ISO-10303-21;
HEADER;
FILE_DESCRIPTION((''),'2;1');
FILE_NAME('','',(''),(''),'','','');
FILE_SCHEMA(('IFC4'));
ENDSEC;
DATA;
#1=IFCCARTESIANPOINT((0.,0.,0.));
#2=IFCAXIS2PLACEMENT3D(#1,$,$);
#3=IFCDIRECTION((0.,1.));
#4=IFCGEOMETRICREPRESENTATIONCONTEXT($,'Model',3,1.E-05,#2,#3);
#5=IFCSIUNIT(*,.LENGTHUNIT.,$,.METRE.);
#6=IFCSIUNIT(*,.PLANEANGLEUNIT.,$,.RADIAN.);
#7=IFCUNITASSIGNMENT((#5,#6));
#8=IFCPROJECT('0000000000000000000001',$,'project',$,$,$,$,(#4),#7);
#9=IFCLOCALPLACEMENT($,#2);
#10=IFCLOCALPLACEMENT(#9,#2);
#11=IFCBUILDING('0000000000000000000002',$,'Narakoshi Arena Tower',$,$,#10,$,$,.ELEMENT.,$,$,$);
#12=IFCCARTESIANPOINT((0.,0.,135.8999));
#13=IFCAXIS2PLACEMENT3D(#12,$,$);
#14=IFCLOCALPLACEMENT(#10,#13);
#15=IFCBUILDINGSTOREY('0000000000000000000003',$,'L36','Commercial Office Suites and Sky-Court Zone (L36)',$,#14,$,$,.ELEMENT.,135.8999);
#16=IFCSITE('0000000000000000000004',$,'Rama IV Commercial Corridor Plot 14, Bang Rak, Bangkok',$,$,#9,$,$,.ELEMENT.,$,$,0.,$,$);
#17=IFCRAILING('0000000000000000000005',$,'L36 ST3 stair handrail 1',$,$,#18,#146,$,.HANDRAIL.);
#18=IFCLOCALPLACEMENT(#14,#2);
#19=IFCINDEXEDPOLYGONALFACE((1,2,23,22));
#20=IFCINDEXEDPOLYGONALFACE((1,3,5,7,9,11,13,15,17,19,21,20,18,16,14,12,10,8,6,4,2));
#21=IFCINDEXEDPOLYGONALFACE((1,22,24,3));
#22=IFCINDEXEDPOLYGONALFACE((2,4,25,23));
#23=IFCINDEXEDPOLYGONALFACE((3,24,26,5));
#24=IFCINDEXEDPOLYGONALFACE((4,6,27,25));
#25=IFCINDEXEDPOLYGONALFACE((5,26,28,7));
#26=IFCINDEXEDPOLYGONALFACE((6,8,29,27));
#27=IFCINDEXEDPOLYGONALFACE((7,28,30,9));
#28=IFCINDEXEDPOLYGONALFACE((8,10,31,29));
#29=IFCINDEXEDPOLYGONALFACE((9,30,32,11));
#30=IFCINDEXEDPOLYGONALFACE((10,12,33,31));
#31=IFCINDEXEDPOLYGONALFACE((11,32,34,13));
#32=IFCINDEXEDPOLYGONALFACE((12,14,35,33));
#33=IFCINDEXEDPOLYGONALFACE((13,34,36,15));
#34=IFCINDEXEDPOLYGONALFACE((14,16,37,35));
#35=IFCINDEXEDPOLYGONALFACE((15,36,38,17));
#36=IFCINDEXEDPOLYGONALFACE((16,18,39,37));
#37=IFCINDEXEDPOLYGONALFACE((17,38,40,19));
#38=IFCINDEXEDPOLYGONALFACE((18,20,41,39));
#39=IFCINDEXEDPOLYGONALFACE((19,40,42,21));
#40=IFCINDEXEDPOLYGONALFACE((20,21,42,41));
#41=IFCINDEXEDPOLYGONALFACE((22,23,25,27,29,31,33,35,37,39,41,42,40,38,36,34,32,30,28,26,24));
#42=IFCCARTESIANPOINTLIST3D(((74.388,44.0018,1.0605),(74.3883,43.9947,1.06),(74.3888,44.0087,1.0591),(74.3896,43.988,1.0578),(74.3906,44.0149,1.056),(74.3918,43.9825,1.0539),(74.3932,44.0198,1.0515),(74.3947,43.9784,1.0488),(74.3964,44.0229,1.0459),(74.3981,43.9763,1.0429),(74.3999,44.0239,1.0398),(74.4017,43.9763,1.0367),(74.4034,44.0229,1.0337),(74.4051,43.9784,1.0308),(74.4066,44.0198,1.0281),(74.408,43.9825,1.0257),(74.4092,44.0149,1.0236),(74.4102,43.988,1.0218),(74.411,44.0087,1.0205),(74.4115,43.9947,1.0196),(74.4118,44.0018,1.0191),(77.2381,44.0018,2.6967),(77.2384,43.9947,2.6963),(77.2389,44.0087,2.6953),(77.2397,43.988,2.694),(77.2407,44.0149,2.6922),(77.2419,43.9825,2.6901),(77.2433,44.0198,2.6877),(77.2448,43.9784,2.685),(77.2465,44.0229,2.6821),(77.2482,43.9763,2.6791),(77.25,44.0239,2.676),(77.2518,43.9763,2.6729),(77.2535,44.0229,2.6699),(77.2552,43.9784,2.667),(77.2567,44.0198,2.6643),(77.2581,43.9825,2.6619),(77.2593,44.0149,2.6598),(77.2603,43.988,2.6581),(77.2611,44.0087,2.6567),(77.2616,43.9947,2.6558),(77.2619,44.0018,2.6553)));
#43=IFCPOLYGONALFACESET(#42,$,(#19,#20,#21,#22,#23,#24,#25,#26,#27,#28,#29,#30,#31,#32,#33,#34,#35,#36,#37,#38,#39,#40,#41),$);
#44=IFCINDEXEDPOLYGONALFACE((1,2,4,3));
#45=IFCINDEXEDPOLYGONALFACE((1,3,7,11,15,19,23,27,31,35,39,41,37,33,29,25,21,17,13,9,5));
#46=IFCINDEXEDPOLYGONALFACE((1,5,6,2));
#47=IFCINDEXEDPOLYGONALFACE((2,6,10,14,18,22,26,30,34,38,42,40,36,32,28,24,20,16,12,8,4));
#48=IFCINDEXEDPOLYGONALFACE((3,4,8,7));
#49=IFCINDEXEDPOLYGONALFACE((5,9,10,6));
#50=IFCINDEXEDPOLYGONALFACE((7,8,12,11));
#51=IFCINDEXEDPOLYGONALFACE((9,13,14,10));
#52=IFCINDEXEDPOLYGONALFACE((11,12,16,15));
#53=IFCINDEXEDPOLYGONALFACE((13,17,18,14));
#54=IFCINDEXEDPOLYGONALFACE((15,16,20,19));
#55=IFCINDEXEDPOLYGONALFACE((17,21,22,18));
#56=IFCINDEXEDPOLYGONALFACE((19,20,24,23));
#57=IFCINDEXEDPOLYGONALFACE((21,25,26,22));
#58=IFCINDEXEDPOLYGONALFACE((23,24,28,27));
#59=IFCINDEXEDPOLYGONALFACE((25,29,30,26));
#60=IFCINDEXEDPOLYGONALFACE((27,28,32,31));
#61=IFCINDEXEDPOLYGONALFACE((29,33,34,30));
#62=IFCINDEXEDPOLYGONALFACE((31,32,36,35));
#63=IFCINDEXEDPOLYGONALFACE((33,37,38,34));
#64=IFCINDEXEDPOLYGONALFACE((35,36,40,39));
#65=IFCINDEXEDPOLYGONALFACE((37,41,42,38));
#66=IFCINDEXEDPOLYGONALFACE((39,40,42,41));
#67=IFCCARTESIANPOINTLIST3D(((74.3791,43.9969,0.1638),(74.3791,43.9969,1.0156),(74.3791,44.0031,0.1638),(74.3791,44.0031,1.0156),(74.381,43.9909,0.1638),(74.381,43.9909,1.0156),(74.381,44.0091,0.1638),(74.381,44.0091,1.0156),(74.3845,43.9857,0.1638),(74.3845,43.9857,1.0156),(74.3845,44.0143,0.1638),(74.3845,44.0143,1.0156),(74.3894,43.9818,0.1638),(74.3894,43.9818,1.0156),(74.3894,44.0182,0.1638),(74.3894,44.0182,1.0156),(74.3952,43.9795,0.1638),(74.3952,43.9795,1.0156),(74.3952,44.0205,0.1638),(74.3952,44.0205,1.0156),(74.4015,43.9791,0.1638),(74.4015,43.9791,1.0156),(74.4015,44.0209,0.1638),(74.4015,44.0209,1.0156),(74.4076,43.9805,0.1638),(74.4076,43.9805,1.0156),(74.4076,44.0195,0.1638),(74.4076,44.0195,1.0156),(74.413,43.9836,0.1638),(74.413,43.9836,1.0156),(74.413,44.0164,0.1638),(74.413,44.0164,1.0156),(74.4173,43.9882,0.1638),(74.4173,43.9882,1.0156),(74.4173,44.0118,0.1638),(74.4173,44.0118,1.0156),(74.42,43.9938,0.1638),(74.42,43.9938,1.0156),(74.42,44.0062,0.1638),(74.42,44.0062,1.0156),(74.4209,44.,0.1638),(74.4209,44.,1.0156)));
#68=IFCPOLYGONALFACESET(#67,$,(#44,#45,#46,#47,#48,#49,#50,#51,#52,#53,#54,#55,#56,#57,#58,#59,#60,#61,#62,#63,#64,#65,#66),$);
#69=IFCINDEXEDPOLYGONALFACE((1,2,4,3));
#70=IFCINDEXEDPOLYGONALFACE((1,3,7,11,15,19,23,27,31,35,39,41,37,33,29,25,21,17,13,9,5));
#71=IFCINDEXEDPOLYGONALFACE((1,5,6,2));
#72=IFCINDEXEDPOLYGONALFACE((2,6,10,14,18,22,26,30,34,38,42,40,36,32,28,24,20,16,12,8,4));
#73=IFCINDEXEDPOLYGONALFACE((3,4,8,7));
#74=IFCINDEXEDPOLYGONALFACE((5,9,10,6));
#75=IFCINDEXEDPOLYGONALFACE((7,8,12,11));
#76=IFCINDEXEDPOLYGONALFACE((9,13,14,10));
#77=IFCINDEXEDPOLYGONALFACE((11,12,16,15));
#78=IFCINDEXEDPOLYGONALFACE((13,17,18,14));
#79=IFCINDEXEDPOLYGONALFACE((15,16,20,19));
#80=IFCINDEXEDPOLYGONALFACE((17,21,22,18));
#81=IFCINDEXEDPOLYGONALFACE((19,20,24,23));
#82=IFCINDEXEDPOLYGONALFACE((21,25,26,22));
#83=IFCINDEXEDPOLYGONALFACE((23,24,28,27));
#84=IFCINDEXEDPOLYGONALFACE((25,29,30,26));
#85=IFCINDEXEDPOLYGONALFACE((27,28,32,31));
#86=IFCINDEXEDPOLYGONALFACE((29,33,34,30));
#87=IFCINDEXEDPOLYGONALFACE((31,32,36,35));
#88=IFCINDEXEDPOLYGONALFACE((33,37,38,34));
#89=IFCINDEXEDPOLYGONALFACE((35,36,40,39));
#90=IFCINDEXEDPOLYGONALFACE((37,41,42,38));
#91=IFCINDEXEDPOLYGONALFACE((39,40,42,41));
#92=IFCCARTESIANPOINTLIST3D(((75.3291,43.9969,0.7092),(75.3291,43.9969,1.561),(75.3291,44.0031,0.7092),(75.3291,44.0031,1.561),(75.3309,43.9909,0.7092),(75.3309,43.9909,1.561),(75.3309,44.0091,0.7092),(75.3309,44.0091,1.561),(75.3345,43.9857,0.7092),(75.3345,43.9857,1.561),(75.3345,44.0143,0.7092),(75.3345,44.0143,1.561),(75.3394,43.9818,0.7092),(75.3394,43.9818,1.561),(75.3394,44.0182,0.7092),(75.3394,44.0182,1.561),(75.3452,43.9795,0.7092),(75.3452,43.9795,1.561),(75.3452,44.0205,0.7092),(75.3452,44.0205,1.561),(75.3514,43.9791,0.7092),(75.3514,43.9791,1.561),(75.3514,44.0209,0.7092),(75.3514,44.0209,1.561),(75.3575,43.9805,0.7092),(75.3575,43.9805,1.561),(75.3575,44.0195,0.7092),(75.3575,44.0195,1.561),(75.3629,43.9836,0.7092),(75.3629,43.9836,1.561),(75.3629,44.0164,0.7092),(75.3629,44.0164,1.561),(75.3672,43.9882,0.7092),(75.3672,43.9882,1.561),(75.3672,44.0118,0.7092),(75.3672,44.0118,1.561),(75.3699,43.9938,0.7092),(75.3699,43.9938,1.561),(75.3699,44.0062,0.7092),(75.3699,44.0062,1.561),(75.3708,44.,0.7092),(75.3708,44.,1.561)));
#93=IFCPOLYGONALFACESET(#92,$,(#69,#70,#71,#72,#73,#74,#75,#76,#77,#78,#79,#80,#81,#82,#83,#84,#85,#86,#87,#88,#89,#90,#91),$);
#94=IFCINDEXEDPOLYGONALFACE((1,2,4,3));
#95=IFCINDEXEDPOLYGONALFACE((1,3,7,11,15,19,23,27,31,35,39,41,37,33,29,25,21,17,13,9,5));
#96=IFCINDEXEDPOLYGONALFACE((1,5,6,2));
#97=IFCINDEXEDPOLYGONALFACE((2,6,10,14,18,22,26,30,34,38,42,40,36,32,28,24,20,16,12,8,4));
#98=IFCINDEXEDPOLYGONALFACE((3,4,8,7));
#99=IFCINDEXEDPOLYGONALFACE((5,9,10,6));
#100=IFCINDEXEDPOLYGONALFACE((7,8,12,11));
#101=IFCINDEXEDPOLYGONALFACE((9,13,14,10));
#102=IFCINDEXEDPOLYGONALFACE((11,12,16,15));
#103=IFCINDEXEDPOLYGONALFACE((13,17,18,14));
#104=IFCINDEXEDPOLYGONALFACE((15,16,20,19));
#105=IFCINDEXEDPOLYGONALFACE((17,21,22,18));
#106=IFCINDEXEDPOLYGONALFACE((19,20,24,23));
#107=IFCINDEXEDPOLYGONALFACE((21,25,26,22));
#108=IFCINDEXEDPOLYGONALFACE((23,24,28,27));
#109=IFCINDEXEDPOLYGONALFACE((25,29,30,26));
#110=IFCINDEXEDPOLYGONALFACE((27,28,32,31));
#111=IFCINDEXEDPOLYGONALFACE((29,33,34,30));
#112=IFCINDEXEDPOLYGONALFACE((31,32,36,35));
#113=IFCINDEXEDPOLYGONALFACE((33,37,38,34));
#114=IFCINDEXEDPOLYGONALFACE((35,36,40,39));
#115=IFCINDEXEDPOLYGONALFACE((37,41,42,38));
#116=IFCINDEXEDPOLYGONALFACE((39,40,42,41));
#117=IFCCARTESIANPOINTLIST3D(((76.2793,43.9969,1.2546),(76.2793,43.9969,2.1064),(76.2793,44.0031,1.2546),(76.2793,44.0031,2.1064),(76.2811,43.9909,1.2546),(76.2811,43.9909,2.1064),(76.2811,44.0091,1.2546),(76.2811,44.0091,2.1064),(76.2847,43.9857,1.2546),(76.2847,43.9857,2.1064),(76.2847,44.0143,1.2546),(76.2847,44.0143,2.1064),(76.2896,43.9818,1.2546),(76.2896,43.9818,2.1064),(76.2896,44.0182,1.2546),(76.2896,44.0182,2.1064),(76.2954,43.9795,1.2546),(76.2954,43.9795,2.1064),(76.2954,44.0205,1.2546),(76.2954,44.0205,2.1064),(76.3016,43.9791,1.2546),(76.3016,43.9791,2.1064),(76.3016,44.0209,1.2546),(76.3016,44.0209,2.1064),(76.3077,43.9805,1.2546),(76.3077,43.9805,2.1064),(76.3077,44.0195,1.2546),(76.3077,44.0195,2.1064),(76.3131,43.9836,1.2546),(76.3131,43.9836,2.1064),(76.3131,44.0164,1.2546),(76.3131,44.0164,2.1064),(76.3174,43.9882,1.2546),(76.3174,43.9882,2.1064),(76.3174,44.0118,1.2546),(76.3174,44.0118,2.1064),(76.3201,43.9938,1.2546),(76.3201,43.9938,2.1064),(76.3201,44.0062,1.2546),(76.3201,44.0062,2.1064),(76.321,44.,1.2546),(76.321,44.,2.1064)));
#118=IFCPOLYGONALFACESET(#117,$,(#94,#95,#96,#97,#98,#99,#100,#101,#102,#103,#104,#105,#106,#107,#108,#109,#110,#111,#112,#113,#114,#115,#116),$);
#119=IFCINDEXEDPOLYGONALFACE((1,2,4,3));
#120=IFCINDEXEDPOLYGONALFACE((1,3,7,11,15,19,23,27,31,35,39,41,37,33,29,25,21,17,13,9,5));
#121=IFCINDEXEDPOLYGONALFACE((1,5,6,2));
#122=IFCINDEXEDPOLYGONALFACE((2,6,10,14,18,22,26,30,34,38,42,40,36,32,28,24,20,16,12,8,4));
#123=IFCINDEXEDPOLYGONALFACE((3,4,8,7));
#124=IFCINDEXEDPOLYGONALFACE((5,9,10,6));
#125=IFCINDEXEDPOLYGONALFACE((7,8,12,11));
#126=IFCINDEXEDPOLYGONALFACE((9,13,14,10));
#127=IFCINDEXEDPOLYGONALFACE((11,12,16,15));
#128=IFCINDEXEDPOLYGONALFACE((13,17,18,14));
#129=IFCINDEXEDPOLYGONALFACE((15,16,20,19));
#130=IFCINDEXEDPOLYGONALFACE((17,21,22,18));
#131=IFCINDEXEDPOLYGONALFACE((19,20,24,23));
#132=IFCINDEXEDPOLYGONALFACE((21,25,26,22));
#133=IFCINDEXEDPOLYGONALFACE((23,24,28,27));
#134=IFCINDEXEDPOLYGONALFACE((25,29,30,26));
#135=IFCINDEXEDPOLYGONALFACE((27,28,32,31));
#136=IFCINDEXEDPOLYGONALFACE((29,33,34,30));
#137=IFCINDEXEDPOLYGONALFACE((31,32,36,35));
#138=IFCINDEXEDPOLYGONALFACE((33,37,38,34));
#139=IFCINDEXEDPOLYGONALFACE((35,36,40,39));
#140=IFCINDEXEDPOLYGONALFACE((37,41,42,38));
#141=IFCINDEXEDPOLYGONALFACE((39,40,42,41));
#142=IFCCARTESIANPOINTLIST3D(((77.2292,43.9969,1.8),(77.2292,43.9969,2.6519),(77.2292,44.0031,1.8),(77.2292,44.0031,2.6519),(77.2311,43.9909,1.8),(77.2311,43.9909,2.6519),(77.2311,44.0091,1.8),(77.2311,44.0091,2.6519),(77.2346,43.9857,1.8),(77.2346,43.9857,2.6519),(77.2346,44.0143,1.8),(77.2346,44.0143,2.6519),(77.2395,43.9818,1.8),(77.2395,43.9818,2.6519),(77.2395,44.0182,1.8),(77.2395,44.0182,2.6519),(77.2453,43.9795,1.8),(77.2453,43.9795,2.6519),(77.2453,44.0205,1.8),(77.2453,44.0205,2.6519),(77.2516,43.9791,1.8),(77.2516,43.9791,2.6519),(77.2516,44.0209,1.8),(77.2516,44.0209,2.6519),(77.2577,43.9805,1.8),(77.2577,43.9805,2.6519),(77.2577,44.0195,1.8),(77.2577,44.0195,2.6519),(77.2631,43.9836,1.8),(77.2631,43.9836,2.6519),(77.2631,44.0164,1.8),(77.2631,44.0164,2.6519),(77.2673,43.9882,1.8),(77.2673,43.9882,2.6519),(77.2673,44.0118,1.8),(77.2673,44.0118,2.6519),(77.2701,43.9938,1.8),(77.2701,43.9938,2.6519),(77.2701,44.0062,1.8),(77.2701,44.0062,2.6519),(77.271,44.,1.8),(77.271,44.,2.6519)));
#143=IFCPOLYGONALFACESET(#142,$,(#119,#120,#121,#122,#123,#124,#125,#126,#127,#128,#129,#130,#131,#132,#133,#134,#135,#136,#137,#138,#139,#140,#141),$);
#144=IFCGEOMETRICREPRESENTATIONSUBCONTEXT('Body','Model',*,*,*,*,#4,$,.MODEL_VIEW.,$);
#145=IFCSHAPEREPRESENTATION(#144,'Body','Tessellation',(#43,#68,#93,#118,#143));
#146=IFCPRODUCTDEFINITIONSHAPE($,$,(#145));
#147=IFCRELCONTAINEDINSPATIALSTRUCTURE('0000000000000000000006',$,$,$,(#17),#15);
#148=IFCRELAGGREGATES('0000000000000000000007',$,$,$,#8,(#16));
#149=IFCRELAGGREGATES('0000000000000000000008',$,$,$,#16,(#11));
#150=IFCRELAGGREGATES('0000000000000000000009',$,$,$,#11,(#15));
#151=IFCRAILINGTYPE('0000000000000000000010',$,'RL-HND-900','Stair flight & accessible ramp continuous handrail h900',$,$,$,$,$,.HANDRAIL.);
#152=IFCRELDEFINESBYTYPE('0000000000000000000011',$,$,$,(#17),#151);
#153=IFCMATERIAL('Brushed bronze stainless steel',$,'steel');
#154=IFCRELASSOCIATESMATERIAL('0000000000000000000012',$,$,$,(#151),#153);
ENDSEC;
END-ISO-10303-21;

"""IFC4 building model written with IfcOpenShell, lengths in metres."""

from ifc_helpers import new_model, si_unit, direction, frame, origin, origin_2d, place, context, subcontext, project, spatial, circle, extrude, material, type_object, element, save


model = new_model("IFC4")

# Units and contexts
model_context = context("Model", 3, precision=1e-05, world=origin(), true_north=direction((0.0, 1.0)))
body_context = subcontext(model_context, "Body", "Model", "MODEL_VIEW")
ifc_project = project(units=[si_unit("LENGTHUNIT", "METRE"), si_unit("PLANEANGLEUNIT", "RADIAN")], contexts=[model_context])

# Site, building, storey
site_placement = place(None, origin())
site = spatial("IfcSite", under=ifc_project, at=site_placement, Name="Rama IV Commercial Corridor Plot 14, Bang Rak, Bangkok", CompositionType="ELEMENT", RefElevation=0.0)
building_placement = place(site_placement, origin())
building = spatial("IfcBuilding", under=site, at=building_placement, Name="Narakoshi Arena Tower", CompositionType="ELEMENT")
storey_placement = place(building_placement, frame((0.0, 0.0, 135.8999)))
storey = spatial("IfcBuildingStorey", under=building, at=storey_placement, Name="L36", Description="Commercial Office Suites and Sky-Court Zone (L36)", CompositionType="ELEMENT", Elevation=135.8999)

# Railing
ifc_material_1 = material(Name="Brushed bronze stainless steel", Category="steel")
railing_type_1 = type_object("IfcRailingType", Name="RL-HND-900", Description="Stair flight & accessible ramp continuous handrail h900", PredefinedType="HANDRAIL", material=ifc_material_1)
railing_1_placement = place(storey_placement, frame((74.3999, 44.0, 0.1638)))
element("IfcRailing", 1, at=railing_1_placement, inside=storey, type_object=railing_type_1, Name="L36 ST3 stair handrail 1", PredefinedType="HANDRAIL", context=body_context, shape_type="SweptSolid", body=[
    extrude(circle(Radius=0.0239, at=origin_2d()), frame((0.0, 0.0, 0.876), z_axis=(0.867245, 0.0, 0.497882), x_axis=(0.0, 1.0, 0.0)), (0.0, 0.0, 1.0), 3.2864),
    extrude(circle(Radius=0.021, at=origin_2d()), origin(), (0.0, 0.0, 1.0), 0.8518),
    extrude(circle(Radius=0.021, at=origin_2d()), frame((0.95, 0.0, 0.5454)), (0.0, 0.0, 1.0), 0.8518),
    extrude(circle(Radius=0.021, at=origin_2d()), frame((1.9001, 0.0, 1.0908)), (0.0, 0.0, 1.0), 0.8518),
    extrude(circle(Radius=0.021, at=origin_2d()), frame((2.8501, 0.0, 1.6362)), (0.0, 0.0, 1.0), 0.8518),
])

save(model, "model.ifc")
